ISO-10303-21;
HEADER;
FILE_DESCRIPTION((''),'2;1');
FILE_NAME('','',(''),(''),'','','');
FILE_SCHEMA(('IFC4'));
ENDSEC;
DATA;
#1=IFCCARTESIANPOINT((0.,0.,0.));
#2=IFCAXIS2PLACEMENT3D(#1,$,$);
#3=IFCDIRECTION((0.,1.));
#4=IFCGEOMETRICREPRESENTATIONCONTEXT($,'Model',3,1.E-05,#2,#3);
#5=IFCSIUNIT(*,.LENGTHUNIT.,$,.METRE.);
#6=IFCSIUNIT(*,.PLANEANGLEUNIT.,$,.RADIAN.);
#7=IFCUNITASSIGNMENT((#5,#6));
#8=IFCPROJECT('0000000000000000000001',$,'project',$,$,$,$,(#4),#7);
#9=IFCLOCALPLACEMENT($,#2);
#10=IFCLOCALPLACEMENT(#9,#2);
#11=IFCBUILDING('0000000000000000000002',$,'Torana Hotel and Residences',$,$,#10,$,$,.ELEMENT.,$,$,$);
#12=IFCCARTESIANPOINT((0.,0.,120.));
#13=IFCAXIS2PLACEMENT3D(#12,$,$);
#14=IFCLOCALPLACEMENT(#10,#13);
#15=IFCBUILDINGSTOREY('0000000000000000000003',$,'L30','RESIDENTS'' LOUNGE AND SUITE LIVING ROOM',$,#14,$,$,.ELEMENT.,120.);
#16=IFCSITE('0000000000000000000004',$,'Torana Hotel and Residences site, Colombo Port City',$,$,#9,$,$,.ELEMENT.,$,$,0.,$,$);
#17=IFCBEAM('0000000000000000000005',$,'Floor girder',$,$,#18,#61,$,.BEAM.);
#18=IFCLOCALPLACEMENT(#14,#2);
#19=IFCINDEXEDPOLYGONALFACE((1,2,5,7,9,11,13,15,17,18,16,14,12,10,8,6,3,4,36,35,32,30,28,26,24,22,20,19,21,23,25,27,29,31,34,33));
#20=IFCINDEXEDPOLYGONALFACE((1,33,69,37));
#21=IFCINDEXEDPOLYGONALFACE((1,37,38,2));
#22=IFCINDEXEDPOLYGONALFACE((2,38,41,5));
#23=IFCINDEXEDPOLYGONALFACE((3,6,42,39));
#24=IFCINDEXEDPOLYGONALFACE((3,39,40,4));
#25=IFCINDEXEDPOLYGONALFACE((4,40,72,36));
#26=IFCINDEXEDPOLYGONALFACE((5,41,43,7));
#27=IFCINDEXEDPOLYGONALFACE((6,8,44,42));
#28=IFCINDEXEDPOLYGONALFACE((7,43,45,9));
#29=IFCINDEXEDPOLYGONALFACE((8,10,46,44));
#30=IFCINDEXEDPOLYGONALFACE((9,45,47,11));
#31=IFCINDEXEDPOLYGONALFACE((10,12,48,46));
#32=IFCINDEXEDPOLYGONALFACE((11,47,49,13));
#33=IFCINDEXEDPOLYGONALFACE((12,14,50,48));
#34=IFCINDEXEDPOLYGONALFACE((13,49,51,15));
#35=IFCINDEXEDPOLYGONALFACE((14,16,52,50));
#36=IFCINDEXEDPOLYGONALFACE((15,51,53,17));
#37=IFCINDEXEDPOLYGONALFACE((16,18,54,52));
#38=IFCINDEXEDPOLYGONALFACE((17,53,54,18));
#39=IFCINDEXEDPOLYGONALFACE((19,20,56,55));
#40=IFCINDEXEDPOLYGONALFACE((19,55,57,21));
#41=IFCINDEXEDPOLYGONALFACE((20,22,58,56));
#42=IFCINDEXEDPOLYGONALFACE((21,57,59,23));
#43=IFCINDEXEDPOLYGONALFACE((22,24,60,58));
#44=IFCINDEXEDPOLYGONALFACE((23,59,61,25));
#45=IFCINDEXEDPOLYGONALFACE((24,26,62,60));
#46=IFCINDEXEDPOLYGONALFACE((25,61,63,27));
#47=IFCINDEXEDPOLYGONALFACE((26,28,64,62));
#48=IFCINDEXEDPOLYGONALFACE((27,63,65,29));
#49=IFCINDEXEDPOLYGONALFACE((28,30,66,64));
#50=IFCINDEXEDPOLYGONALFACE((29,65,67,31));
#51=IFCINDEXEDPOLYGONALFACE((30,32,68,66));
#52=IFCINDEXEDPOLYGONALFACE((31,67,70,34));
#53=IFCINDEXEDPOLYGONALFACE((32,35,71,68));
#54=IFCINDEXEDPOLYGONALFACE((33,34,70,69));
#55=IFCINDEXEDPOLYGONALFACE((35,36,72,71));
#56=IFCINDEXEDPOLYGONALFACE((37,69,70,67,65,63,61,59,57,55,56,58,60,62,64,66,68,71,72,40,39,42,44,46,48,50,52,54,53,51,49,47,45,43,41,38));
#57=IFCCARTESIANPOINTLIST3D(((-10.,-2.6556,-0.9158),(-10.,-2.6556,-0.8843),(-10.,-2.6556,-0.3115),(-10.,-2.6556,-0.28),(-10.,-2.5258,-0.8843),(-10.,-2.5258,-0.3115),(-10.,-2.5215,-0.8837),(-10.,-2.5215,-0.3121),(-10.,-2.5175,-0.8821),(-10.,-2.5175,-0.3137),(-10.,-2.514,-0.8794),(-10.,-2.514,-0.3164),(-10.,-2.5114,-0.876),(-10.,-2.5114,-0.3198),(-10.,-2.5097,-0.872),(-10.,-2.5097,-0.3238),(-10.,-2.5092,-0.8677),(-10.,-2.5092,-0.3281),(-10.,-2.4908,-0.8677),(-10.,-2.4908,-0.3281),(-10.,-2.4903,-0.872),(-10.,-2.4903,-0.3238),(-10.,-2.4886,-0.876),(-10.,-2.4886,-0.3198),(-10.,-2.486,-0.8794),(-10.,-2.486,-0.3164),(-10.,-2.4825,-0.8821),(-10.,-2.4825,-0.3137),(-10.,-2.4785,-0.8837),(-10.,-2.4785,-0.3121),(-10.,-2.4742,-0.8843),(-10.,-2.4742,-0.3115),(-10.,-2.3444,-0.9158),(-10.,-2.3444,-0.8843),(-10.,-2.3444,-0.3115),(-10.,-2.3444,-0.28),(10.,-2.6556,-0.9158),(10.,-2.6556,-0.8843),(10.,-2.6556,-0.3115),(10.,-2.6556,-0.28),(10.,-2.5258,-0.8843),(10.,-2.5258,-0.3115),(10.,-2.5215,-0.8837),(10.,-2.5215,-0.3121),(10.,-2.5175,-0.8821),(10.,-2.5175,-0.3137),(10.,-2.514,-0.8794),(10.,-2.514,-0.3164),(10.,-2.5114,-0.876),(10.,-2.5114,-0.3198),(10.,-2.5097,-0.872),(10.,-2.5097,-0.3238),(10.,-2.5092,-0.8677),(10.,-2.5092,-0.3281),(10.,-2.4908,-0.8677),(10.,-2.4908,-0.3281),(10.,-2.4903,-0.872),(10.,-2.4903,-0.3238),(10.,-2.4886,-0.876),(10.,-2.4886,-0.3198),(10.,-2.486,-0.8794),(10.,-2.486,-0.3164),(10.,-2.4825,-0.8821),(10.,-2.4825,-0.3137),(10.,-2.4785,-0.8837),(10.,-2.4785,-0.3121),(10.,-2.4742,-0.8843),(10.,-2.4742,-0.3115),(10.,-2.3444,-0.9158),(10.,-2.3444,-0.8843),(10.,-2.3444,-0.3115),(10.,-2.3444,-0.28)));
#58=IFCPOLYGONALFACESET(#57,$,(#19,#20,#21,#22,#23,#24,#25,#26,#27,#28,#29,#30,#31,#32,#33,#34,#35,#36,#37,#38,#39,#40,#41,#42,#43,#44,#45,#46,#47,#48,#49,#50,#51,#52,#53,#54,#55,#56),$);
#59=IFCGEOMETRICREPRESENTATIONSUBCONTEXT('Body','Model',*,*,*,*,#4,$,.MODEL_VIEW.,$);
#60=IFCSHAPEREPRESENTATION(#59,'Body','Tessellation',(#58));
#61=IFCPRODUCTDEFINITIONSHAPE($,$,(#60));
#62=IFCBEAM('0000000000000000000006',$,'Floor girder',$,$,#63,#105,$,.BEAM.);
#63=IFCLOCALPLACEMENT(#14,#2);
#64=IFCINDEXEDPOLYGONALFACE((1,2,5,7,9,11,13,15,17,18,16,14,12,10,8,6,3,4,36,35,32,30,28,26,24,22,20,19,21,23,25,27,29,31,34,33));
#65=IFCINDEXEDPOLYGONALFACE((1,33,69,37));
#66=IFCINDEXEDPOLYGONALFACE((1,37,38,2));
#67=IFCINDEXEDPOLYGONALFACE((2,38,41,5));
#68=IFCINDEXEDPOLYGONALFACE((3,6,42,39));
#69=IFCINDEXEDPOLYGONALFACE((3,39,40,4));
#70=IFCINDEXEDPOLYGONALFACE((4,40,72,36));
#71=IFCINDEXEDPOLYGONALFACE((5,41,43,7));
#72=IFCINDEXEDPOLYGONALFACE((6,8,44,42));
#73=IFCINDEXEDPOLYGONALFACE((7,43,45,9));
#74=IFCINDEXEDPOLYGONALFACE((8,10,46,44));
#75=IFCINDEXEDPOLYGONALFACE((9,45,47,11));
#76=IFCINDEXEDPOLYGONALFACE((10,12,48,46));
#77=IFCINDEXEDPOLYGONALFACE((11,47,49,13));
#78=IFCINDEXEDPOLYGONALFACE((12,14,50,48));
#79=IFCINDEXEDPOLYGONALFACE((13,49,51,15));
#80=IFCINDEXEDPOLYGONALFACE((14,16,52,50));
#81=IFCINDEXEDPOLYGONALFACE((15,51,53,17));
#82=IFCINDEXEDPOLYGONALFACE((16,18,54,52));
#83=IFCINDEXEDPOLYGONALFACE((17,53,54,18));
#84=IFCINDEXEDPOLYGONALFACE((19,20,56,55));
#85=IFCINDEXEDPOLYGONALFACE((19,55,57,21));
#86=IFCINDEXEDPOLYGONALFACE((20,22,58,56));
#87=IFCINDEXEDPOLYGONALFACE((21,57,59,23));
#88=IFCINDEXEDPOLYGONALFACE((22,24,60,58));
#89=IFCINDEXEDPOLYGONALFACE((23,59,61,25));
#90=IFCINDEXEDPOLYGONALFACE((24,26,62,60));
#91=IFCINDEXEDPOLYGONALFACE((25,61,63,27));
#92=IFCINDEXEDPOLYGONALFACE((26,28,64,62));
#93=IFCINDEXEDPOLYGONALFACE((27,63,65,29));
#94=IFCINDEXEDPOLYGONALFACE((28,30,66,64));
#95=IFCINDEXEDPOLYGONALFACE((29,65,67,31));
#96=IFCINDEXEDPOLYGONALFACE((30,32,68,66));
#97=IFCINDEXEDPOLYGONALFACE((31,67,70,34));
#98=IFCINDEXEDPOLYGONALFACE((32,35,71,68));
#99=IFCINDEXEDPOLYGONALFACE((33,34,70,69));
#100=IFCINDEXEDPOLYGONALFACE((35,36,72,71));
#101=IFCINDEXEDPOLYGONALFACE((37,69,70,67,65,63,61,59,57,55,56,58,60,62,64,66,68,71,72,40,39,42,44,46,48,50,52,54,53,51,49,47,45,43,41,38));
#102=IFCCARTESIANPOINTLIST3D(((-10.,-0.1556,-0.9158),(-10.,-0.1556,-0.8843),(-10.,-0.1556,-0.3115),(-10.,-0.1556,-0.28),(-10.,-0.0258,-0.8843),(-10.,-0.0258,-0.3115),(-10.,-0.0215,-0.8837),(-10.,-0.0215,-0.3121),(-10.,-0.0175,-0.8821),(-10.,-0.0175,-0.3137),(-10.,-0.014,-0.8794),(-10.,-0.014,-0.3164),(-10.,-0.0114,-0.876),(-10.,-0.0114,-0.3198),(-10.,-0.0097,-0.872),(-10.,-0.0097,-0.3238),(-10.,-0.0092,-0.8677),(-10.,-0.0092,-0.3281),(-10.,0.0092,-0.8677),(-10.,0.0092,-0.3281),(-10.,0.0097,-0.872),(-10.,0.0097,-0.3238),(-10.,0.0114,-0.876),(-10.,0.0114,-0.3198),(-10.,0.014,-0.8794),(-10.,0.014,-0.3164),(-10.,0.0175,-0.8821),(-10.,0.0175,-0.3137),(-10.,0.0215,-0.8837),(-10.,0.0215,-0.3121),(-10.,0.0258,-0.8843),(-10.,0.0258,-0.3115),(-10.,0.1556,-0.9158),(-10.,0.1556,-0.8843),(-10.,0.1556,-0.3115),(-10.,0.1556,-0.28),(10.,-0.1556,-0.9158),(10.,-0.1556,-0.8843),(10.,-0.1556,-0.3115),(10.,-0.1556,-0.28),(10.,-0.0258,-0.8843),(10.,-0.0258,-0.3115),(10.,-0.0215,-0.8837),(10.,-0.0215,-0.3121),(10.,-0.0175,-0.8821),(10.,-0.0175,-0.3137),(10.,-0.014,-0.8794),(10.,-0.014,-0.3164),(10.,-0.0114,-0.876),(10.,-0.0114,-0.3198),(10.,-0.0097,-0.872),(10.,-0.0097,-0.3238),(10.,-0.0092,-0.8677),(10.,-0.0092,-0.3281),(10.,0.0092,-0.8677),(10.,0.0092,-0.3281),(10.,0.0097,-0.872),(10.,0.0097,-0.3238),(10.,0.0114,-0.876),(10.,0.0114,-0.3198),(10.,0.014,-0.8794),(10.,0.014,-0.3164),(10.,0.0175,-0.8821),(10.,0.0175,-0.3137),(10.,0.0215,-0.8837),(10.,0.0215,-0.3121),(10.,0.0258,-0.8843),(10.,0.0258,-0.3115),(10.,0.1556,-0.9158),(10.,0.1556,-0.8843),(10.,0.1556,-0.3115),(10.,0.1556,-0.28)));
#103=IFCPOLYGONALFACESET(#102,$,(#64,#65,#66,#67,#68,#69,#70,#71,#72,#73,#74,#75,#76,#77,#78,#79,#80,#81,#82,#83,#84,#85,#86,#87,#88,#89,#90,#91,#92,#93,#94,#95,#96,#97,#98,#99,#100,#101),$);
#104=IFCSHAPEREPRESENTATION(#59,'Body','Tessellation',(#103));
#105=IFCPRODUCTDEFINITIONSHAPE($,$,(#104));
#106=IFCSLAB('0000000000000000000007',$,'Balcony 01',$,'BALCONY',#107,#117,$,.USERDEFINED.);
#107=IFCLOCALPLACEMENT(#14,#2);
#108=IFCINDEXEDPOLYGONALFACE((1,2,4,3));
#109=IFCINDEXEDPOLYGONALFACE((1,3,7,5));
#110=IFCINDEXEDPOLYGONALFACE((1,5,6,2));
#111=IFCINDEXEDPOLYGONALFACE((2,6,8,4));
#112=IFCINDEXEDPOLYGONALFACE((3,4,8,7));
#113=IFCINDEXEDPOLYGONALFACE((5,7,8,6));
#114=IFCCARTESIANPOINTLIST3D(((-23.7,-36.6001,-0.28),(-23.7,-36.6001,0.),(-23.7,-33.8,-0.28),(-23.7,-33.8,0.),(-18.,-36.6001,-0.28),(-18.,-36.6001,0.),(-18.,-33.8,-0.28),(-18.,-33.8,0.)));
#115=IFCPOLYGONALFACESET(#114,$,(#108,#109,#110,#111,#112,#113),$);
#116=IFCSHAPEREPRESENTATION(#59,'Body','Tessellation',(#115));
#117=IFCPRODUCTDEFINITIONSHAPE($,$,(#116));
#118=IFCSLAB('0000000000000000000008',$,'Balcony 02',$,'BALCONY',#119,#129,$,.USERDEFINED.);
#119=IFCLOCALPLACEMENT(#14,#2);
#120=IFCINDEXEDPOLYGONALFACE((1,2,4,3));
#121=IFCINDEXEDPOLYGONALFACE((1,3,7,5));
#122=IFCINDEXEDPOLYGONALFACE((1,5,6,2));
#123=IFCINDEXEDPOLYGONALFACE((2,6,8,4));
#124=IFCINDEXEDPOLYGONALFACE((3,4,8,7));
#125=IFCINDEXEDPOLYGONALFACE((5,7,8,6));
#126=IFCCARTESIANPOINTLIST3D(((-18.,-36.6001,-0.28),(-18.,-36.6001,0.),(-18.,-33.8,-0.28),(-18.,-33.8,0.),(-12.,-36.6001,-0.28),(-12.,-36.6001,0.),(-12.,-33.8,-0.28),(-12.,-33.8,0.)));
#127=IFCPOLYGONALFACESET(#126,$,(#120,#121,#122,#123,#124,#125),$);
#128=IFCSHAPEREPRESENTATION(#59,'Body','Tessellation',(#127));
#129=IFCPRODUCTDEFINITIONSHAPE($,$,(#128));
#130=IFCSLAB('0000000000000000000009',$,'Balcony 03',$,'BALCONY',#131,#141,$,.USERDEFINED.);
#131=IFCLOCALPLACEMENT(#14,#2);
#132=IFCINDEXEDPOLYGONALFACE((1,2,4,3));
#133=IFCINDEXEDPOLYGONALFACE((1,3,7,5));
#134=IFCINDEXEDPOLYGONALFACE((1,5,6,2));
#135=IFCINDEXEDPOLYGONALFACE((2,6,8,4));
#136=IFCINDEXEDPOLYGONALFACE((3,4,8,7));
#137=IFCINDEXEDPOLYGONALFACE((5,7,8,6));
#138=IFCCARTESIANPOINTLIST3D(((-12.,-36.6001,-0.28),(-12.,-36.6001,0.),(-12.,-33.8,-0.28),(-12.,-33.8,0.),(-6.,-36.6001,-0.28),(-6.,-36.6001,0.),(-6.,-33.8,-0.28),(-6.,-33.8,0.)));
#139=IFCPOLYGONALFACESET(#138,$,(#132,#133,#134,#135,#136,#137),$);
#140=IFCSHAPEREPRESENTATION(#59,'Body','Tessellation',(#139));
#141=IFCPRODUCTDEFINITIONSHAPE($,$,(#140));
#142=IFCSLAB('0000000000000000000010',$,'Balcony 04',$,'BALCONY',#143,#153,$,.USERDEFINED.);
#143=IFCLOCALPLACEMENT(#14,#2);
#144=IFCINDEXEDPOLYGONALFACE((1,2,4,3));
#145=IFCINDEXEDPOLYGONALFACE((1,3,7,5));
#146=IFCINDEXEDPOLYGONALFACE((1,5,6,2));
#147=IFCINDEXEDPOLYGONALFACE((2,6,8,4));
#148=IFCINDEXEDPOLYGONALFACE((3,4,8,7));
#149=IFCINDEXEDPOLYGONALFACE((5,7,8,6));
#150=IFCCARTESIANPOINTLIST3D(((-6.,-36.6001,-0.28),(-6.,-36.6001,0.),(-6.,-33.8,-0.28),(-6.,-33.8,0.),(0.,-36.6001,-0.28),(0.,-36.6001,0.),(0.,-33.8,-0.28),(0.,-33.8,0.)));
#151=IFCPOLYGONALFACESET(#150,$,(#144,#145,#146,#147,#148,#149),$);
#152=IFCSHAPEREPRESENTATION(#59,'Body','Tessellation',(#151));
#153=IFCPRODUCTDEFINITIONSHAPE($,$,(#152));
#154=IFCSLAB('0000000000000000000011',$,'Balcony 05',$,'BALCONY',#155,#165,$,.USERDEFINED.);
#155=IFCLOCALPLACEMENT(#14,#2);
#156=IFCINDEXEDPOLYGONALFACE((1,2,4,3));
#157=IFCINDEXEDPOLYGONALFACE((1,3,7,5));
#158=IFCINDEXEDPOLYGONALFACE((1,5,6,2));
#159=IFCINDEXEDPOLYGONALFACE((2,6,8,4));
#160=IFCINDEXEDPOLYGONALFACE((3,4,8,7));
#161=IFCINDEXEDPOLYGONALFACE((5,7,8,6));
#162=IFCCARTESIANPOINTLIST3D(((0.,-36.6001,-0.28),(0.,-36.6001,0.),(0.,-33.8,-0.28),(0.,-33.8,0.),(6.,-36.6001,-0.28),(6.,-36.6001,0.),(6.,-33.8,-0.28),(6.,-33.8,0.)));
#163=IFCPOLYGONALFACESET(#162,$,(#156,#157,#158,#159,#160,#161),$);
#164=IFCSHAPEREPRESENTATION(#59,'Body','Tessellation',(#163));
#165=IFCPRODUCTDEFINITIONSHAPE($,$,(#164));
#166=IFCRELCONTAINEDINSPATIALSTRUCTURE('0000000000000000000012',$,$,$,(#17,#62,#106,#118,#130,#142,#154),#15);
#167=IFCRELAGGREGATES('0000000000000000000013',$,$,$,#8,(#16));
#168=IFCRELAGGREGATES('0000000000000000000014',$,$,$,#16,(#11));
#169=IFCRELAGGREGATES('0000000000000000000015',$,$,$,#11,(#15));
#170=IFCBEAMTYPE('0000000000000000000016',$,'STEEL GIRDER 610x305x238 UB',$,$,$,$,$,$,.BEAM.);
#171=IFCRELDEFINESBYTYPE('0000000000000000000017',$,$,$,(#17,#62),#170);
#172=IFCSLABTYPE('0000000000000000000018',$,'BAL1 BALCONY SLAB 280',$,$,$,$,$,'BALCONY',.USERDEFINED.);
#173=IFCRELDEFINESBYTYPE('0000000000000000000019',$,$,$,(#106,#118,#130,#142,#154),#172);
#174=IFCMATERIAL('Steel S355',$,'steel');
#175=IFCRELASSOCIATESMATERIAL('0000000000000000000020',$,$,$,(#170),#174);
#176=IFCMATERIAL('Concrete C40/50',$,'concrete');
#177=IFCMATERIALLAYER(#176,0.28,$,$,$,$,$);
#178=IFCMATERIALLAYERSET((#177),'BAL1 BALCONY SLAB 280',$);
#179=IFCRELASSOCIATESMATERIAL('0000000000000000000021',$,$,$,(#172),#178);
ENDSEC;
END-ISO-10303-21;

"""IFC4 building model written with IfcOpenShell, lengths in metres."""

from ifc_helpers import new_model, si_unit, direction, frame, origin, origin_2d, place, context, subcontext, project, spatial, polyline, i_section, outline, extrude, material, layer, layer_set, material_profile, profile_set, type_object, element, save


model = new_model("IFC4")

# Units and contexts
model_context = context("Model", 3, precision=1e-05, world=origin(), true_north=direction((0.0, 1.0)))
body_context = subcontext(model_context, "Body", "Model", "MODEL_VIEW")
ifc_project = project(units=[si_unit("LENGTHUNIT", "METRE"), si_unit("PLANEANGLEUNIT", "RADIAN")], contexts=[model_context])

# Site, building, storey
site_placement = place(None, origin())
site = spatial("IfcSite", under=ifc_project, at=site_placement, Name="Torana Hotel and Residences site, Colombo Port City", CompositionType="ELEMENT", RefElevation=0.0)
building_placement = place(site_placement, origin())
building = spatial("IfcBuilding", under=site, at=building_placement, Name="Torana Hotel and Residences", CompositionType="ELEMENT")
storey_placement = place(building_placement, frame((0.0, 0.0, 120.0)))
storey = spatial("IfcBuildingStorey", under=building, at=storey_placement, Name="L30", Description="RESIDENTS' LOUNGE AND SUITE LIVING ROOM", CompositionType="ELEMENT", Elevation=120.0)

# Beams
ifc_material_1 = material(Name="Steel S355", Category="steel")
ifc_material_profile = material_profile(ifc_material_1, i_section(OverallWidth=0.3113, OverallDepth=0.6357, WebThickness=0.0183, FlangeThickness=0.0315, FilletRadius=0.0166, at=origin_2d()), Name="610x305x238 UB")
ifc_profile_set = profile_set([ifc_material_profile], Name="Steel S355")
beam_type = type_object("IfcBeamType", Name="STEEL GIRDER 610x305x238 UB", PredefinedType="BEAM", material=ifc_profile_set)
for number, where, z_axis, x_axis, name in (
    (1, (-10.0, -2.5, -0.5979), (1.0, 0.0, 0.0), (0.0, 1.0, 0.0), "Floor girder"),
    (2, (-10.0, 0.0, -0.5979), (1.0, 0.0, 0.0), (0.0, 1.0, 0.0), "Floor girder"),
):
    element("IfcBeam", number, at=place(storey_placement, frame(where, z_axis=z_axis, x_axis=x_axis)), inside=storey, type_object=beam_type, Name=name, PredefinedType="BEAM", context=body_context, shape_type="SweptSolid", body=[
        extrude(i_section(OverallWidth=0.3113, OverallDepth=0.6357, WebThickness=0.0183, FlangeThickness=0.0315, FilletRadius=0.0166, at=origin_2d()), origin(), (0.0, 0.0, 1.0), 20.0),
    ])

# Slabs
ifc_material_2 = material(Name="Concrete C40/50", Category="concrete")
ifc_layer_1 = layer(ifc_material_2, 0.28)
ifc_layer_set_1 = layer_set([ifc_layer_1], Name="BAL1 BALCONY SLAB 280")
slab_type_1 = type_object("IfcSlabType", Name="BAL1 BALCONY SLAB 280", ElementType="BALCONY", PredefinedType="USERDEFINED", material=ifc_layer_set_1)
slab_1_placement = place(storey_placement, frame((0.0, 0.0, -0.28)))
element("IfcSlab", 3, at=slab_1_placement, inside=storey, type_object=slab_type_1, Name="Balcony 01", ObjectType="BALCONY", PredefinedType="USERDEFINED", context=body_context, shape_type="SweptSolid", body=[
    extrude(outline(polyline([(-23.7, -36.6001), (-18.0, -36.6001), (-18.0, -33.8), (-23.7, -33.8), (-23.7, -36.6001)])), origin(), (0.0, 0.0, 1.0), 0.28),
])
slab_2_placement = place(storey_placement, frame((0.0, 0.0, -0.28)))
element("IfcSlab", 4, at=slab_2_placement, inside=storey, type_object=slab_type_1, Name="Balcony 02", ObjectType="BALCONY", PredefinedType="USERDEFINED", context=body_context, shape_type="SweptSolid", body=[
    extrude(outline(polyline([(-18.0, -36.6001), (-12.0, -36.6001), (-12.0, -33.8), (-18.0, -33.8), (-18.0, -36.6001)])), origin(), (0.0, 0.0, 1.0), 0.28),
])
slab_3_placement = place(storey_placement, frame((0.0, 0.0, -0.28)))
element("IfcSlab", 5, at=slab_3_placement, inside=storey, type_object=slab_type_1, Name="Balcony 03", ObjectType="BALCONY", PredefinedType="USERDEFINED", context=body_context, shape_type="SweptSolid", body=[
    extrude(outline(polyline([(-12.0, -36.6001), (-6.0, -36.6001), (-6.0, -33.8), (-12.0, -33.8), (-12.0, -36.6001)])), origin(), (0.0, 0.0, 1.0), 0.28),
])
slab_4_placement = place(storey_placement, frame((0.0, 0.0, -0.28)))
element("IfcSlab", 6, at=slab_4_placement, inside=storey, type_object=slab_type_1, Name="Balcony 04", ObjectType="BALCONY", PredefinedType="USERDEFINED", context=body_context, shape_type="SweptSolid", body=[
    extrude(outline(polyline([(-6.0, -36.6001), (0.0, -36.6001), (0.0, -33.8), (-6.0, -33.8), (-6.0, -36.6001)])), origin(), (0.0, 0.0, 1.0), 0.28),
])
slab_5_placement = place(storey_placement, frame((0.0, 0.0, -0.28)))
element("IfcSlab", 7, at=slab_5_placement, inside=storey, type_object=slab_type_1, Name="Balcony 05", ObjectType="BALCONY", PredefinedType="USERDEFINED", context=body_context, shape_type="SweptSolid", body=[
    extrude(outline(polyline([(0.0, -36.6001), (6.0, -36.6001), (6.0, -33.8), (0.0, -33.8), (0.0, -36.6001)])), origin(), (0.0, 0.0, 1.0), 0.28),
])

save(model, "model.ifc")
